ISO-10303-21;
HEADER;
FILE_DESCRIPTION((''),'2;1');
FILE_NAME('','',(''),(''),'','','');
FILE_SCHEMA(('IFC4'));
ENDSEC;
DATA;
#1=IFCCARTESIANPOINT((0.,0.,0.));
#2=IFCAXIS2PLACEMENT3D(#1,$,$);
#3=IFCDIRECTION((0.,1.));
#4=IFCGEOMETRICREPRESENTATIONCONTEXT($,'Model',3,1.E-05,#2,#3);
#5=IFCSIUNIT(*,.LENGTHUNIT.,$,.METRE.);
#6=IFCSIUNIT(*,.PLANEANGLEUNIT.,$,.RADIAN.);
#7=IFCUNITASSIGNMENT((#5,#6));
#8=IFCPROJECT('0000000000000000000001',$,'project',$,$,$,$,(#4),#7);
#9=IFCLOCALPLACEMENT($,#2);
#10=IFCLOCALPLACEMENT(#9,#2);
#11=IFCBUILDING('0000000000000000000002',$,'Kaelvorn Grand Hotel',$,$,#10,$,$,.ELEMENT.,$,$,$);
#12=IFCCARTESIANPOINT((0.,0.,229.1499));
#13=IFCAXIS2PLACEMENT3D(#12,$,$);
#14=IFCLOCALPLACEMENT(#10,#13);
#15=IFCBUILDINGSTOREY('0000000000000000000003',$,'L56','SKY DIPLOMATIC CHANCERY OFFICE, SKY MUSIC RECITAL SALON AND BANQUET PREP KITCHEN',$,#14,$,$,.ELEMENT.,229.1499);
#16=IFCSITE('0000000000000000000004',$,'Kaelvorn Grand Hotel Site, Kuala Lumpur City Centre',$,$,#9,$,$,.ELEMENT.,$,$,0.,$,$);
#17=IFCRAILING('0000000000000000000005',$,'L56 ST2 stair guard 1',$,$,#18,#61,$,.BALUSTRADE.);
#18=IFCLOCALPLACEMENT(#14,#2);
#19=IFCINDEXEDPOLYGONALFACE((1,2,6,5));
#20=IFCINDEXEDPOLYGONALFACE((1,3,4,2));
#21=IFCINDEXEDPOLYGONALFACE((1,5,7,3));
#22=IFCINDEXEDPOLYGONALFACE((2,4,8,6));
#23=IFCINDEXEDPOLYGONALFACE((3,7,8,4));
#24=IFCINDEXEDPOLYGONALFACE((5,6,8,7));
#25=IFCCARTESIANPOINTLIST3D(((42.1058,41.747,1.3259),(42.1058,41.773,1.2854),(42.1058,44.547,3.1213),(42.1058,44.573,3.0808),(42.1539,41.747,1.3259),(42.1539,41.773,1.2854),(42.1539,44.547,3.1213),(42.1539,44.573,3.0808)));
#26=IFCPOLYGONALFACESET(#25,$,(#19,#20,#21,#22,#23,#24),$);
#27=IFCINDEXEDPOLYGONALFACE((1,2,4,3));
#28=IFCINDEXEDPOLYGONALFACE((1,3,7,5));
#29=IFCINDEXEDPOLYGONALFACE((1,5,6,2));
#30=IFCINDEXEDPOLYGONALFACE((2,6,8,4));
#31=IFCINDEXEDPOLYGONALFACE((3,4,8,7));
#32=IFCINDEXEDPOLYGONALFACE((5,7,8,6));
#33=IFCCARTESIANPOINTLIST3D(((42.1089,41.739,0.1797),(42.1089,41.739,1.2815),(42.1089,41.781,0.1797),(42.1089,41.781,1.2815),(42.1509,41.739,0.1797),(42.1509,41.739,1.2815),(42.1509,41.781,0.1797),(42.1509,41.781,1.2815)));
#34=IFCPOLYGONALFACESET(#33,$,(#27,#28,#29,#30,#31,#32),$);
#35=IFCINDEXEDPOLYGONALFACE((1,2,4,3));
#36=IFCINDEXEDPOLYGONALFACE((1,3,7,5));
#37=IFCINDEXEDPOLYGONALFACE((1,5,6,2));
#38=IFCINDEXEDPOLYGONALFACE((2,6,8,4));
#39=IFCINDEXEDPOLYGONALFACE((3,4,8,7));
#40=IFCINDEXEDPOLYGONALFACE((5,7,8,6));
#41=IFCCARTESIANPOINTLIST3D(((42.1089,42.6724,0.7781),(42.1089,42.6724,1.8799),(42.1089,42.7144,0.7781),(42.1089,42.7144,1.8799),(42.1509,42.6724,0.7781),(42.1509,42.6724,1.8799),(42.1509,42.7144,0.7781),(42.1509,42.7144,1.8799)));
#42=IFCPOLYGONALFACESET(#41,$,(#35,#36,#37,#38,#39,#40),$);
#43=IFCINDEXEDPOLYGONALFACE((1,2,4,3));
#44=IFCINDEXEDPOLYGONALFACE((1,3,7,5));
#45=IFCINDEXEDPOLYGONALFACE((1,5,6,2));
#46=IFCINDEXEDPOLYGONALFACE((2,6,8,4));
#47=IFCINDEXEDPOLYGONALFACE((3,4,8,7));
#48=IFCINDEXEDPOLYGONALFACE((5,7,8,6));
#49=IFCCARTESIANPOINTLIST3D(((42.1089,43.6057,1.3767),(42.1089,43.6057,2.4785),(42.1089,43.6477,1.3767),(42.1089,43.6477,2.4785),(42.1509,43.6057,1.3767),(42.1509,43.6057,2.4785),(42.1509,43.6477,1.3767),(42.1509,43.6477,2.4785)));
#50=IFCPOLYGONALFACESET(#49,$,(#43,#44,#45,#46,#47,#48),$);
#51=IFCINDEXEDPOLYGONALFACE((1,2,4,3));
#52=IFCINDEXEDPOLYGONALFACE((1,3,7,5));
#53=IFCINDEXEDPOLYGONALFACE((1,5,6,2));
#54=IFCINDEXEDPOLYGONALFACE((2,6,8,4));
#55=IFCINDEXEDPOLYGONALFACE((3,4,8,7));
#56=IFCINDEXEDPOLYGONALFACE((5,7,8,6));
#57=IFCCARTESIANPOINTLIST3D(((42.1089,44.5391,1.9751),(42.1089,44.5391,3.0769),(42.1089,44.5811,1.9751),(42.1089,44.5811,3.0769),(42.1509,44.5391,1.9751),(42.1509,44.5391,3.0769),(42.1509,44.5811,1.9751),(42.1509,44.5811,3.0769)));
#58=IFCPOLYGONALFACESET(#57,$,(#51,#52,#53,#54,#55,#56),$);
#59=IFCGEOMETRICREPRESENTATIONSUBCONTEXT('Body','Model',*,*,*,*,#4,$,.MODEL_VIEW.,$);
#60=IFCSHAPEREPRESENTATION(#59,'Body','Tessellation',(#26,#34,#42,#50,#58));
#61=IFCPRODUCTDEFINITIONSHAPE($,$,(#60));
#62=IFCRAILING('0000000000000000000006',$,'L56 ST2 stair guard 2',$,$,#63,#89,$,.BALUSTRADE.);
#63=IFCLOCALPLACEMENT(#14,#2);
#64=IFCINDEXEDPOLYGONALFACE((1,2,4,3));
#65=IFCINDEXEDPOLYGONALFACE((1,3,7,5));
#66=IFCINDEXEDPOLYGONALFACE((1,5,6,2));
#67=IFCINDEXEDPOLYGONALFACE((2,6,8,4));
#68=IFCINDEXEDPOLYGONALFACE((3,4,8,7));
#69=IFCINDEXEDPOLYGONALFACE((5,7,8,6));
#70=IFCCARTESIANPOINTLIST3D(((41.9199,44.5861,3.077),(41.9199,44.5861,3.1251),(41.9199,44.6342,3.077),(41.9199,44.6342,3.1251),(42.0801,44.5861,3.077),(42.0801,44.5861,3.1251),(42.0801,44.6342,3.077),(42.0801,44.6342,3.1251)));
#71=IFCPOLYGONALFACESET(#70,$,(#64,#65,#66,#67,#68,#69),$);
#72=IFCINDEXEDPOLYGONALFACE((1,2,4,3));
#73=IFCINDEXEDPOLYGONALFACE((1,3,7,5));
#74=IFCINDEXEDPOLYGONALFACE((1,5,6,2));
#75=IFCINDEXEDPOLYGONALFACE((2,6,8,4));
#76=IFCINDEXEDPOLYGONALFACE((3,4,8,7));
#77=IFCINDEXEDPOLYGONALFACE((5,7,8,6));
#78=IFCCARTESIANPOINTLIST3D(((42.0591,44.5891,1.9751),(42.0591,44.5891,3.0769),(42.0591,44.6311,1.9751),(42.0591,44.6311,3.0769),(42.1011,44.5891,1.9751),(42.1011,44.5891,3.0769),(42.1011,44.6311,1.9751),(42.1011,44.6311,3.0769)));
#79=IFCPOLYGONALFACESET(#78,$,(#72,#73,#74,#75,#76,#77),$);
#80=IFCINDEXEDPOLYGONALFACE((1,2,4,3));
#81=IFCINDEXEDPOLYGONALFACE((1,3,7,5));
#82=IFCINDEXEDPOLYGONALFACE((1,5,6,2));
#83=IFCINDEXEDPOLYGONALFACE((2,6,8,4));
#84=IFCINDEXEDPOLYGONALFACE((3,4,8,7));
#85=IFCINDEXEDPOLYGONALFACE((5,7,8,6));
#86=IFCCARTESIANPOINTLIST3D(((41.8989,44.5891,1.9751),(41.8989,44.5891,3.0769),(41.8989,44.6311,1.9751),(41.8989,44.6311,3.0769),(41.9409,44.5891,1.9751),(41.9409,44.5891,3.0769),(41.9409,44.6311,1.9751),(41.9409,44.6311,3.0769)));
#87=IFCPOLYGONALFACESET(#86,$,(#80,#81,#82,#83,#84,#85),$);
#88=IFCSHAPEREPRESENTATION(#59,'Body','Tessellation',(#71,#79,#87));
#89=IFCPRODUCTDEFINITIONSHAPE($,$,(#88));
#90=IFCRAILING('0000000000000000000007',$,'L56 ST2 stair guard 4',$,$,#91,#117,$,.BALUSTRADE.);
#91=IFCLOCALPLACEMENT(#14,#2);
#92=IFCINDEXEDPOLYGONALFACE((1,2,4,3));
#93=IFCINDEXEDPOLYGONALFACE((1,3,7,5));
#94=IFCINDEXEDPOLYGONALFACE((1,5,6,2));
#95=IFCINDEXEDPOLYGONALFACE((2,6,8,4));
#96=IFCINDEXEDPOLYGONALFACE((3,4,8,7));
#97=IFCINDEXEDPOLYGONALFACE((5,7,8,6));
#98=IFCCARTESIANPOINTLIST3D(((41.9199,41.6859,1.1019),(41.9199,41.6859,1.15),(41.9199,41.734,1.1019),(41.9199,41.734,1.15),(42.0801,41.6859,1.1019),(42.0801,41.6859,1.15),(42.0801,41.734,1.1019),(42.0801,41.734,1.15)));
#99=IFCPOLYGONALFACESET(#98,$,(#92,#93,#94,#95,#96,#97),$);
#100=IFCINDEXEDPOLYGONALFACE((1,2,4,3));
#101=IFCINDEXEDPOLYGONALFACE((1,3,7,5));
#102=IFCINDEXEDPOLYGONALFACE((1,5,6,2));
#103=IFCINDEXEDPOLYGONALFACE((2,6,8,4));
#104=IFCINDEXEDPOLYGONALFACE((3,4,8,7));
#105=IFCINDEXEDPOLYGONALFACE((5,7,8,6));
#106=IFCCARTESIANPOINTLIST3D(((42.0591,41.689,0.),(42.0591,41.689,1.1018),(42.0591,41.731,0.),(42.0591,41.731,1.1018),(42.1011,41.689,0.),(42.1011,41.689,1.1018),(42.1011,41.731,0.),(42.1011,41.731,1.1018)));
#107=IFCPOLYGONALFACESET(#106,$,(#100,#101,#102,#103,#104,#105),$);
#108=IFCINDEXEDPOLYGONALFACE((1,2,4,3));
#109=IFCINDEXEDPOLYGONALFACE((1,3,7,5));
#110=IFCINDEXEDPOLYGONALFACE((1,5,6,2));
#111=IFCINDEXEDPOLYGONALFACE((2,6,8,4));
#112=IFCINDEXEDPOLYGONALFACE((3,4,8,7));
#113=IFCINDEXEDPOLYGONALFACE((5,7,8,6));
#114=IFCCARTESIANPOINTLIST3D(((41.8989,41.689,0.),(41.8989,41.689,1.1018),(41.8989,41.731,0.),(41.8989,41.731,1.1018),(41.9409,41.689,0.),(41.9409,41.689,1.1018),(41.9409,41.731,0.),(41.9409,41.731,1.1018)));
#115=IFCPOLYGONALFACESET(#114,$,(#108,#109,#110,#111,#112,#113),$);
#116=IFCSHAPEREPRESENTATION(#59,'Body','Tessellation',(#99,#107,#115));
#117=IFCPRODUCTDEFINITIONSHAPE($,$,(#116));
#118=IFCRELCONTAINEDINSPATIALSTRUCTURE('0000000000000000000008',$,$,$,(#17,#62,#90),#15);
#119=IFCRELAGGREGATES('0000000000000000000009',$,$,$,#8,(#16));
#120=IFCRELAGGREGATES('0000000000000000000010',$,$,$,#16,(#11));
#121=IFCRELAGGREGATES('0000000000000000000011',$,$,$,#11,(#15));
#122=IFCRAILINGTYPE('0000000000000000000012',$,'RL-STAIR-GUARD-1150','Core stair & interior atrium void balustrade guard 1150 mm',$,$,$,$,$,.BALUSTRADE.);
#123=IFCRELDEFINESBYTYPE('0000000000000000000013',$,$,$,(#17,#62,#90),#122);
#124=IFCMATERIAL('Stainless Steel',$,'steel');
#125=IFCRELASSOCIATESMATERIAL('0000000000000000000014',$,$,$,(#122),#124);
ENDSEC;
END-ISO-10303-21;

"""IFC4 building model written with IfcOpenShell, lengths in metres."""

from ifc_helpers import new_model, si_unit, direction, frame, origin, origin_2d, place, context, subcontext, project, spatial, rectangle, extrude, material, type_object, element, save


model = new_model("IFC4")

# Units and contexts
model_context = context("Model", 3, precision=1e-05, world=origin(), true_north=direction((0.0, 1.0)))
body_context = subcontext(model_context, "Body", "Model", "MODEL_VIEW")
ifc_project = project(units=[si_unit("LENGTHUNIT", "METRE"), si_unit("PLANEANGLEUNIT", "RADIAN")], contexts=[model_context])

# Site, building, storey
site_placement = place(None, origin())
site = spatial("IfcSite", under=ifc_project, at=site_placement, Name="Kaelvorn Grand Hotel Site, Kuala Lumpur City Centre", CompositionType="ELEMENT", RefElevation=0.0)
building_placement = place(site_placement, origin())
building = spatial("IfcBuilding", under=site, at=building_placement, Name="Kaelvorn Grand Hotel", CompositionType="ELEMENT")
storey_placement = place(building_placement, frame((0.0, 0.0, 229.1499)))
storey = spatial("IfcBuildingStorey", under=building, at=storey_placement, Name="L56", Description="SKY DIPLOMATIC CHANCERY OFFICE, SKY MUSIC RECITAL SALON AND BANQUET PREP KITCHEN", CompositionType="ELEMENT", Elevation=229.1499)

# Railings
ifc_material_1 = material(Name="Stainless Steel", Category="steel")
railing_type_1 = type_object("IfcRailingType", Name="RL-STAIR-GUARD-1150", Description="Core stair & interior atrium void balustrade guard 1150 mm", PredefinedType="BALUSTRADE", material=ifc_material_1)
railing_1_placement = place(storey_placement, frame((42.1299, 41.76, 0.1797)))
element("IfcRailing", 1, at=railing_1_placement, inside=storey, type_object=railing_type_1, Name="L56 ST2 stair guard 1", PredefinedType="BALUSTRADE", context=body_context, shape_type="SweptSolid", body=[
    extrude(rectangle(XDim=0.0481, YDim=0.0481, at=origin_2d()), frame((0.0, 0.0, 1.126), z_axis=(0.0, 0.84181, 0.539774), x_axis=(-1.0, 0.0, 0.0)), (0.0, 0.0, 1.0), 3.3262),
    extrude(rectangle(XDim=0.042, YDim=0.042, at=origin_2d()), origin(), (0.0, 0.0, 1.0), 1.1018),
    extrude(rectangle(XDim=0.042, YDim=0.042, at=origin_2d()), frame((0.0, 0.9333, 0.5984)), (0.0, 0.0, 1.0), 1.1018),
    extrude(rectangle(XDim=0.042, YDim=0.042, at=origin_2d()), frame((0.0, 1.8667, 1.197)), (0.0, 0.0, 1.0), 1.1018),
    extrude(rectangle(XDim=0.042, YDim=0.042, at=origin_2d()), frame((0.0, 2.8, 1.7954)), (0.0, 0.0, 1.0), 1.1018),
])
for number, where, name in (
    (2, (42.0801, 44.6101, 1.9751), "L56 ST2 stair guard 2"),
    (3, (42.0801, 41.71, 0.0), "L56 ST2 stair guard 4"),
):
    element("IfcRailing", number, at=place(storey_placement, frame(where)), inside=storey, type_object=railing_type_1, Name=name, PredefinedType="BALUSTRADE", context=body_context, shape_type="SweptSolid", body=[
        extrude(rectangle(XDim=0.0481, YDim=0.0481, at=origin_2d()), frame((0.0, 0.0, 1.126), z_axis=(-1.0, 0.0, 0.0), x_axis=(0.0, -1.0, 0.0)), (0.0, 0.0, 1.0), 0.1602),
        extrude(rectangle(XDim=0.042, YDim=0.042, at=origin_2d()), origin(), (0.0, 0.0, 1.0), 1.1018),
        extrude(rectangle(XDim=0.042, YDim=0.042, at=origin_2d()), frame((-0.1602, 0.0, 0.0)), (0.0, 0.0, 1.0), 1.1018),
    ])

save(model, "model.ifc")
